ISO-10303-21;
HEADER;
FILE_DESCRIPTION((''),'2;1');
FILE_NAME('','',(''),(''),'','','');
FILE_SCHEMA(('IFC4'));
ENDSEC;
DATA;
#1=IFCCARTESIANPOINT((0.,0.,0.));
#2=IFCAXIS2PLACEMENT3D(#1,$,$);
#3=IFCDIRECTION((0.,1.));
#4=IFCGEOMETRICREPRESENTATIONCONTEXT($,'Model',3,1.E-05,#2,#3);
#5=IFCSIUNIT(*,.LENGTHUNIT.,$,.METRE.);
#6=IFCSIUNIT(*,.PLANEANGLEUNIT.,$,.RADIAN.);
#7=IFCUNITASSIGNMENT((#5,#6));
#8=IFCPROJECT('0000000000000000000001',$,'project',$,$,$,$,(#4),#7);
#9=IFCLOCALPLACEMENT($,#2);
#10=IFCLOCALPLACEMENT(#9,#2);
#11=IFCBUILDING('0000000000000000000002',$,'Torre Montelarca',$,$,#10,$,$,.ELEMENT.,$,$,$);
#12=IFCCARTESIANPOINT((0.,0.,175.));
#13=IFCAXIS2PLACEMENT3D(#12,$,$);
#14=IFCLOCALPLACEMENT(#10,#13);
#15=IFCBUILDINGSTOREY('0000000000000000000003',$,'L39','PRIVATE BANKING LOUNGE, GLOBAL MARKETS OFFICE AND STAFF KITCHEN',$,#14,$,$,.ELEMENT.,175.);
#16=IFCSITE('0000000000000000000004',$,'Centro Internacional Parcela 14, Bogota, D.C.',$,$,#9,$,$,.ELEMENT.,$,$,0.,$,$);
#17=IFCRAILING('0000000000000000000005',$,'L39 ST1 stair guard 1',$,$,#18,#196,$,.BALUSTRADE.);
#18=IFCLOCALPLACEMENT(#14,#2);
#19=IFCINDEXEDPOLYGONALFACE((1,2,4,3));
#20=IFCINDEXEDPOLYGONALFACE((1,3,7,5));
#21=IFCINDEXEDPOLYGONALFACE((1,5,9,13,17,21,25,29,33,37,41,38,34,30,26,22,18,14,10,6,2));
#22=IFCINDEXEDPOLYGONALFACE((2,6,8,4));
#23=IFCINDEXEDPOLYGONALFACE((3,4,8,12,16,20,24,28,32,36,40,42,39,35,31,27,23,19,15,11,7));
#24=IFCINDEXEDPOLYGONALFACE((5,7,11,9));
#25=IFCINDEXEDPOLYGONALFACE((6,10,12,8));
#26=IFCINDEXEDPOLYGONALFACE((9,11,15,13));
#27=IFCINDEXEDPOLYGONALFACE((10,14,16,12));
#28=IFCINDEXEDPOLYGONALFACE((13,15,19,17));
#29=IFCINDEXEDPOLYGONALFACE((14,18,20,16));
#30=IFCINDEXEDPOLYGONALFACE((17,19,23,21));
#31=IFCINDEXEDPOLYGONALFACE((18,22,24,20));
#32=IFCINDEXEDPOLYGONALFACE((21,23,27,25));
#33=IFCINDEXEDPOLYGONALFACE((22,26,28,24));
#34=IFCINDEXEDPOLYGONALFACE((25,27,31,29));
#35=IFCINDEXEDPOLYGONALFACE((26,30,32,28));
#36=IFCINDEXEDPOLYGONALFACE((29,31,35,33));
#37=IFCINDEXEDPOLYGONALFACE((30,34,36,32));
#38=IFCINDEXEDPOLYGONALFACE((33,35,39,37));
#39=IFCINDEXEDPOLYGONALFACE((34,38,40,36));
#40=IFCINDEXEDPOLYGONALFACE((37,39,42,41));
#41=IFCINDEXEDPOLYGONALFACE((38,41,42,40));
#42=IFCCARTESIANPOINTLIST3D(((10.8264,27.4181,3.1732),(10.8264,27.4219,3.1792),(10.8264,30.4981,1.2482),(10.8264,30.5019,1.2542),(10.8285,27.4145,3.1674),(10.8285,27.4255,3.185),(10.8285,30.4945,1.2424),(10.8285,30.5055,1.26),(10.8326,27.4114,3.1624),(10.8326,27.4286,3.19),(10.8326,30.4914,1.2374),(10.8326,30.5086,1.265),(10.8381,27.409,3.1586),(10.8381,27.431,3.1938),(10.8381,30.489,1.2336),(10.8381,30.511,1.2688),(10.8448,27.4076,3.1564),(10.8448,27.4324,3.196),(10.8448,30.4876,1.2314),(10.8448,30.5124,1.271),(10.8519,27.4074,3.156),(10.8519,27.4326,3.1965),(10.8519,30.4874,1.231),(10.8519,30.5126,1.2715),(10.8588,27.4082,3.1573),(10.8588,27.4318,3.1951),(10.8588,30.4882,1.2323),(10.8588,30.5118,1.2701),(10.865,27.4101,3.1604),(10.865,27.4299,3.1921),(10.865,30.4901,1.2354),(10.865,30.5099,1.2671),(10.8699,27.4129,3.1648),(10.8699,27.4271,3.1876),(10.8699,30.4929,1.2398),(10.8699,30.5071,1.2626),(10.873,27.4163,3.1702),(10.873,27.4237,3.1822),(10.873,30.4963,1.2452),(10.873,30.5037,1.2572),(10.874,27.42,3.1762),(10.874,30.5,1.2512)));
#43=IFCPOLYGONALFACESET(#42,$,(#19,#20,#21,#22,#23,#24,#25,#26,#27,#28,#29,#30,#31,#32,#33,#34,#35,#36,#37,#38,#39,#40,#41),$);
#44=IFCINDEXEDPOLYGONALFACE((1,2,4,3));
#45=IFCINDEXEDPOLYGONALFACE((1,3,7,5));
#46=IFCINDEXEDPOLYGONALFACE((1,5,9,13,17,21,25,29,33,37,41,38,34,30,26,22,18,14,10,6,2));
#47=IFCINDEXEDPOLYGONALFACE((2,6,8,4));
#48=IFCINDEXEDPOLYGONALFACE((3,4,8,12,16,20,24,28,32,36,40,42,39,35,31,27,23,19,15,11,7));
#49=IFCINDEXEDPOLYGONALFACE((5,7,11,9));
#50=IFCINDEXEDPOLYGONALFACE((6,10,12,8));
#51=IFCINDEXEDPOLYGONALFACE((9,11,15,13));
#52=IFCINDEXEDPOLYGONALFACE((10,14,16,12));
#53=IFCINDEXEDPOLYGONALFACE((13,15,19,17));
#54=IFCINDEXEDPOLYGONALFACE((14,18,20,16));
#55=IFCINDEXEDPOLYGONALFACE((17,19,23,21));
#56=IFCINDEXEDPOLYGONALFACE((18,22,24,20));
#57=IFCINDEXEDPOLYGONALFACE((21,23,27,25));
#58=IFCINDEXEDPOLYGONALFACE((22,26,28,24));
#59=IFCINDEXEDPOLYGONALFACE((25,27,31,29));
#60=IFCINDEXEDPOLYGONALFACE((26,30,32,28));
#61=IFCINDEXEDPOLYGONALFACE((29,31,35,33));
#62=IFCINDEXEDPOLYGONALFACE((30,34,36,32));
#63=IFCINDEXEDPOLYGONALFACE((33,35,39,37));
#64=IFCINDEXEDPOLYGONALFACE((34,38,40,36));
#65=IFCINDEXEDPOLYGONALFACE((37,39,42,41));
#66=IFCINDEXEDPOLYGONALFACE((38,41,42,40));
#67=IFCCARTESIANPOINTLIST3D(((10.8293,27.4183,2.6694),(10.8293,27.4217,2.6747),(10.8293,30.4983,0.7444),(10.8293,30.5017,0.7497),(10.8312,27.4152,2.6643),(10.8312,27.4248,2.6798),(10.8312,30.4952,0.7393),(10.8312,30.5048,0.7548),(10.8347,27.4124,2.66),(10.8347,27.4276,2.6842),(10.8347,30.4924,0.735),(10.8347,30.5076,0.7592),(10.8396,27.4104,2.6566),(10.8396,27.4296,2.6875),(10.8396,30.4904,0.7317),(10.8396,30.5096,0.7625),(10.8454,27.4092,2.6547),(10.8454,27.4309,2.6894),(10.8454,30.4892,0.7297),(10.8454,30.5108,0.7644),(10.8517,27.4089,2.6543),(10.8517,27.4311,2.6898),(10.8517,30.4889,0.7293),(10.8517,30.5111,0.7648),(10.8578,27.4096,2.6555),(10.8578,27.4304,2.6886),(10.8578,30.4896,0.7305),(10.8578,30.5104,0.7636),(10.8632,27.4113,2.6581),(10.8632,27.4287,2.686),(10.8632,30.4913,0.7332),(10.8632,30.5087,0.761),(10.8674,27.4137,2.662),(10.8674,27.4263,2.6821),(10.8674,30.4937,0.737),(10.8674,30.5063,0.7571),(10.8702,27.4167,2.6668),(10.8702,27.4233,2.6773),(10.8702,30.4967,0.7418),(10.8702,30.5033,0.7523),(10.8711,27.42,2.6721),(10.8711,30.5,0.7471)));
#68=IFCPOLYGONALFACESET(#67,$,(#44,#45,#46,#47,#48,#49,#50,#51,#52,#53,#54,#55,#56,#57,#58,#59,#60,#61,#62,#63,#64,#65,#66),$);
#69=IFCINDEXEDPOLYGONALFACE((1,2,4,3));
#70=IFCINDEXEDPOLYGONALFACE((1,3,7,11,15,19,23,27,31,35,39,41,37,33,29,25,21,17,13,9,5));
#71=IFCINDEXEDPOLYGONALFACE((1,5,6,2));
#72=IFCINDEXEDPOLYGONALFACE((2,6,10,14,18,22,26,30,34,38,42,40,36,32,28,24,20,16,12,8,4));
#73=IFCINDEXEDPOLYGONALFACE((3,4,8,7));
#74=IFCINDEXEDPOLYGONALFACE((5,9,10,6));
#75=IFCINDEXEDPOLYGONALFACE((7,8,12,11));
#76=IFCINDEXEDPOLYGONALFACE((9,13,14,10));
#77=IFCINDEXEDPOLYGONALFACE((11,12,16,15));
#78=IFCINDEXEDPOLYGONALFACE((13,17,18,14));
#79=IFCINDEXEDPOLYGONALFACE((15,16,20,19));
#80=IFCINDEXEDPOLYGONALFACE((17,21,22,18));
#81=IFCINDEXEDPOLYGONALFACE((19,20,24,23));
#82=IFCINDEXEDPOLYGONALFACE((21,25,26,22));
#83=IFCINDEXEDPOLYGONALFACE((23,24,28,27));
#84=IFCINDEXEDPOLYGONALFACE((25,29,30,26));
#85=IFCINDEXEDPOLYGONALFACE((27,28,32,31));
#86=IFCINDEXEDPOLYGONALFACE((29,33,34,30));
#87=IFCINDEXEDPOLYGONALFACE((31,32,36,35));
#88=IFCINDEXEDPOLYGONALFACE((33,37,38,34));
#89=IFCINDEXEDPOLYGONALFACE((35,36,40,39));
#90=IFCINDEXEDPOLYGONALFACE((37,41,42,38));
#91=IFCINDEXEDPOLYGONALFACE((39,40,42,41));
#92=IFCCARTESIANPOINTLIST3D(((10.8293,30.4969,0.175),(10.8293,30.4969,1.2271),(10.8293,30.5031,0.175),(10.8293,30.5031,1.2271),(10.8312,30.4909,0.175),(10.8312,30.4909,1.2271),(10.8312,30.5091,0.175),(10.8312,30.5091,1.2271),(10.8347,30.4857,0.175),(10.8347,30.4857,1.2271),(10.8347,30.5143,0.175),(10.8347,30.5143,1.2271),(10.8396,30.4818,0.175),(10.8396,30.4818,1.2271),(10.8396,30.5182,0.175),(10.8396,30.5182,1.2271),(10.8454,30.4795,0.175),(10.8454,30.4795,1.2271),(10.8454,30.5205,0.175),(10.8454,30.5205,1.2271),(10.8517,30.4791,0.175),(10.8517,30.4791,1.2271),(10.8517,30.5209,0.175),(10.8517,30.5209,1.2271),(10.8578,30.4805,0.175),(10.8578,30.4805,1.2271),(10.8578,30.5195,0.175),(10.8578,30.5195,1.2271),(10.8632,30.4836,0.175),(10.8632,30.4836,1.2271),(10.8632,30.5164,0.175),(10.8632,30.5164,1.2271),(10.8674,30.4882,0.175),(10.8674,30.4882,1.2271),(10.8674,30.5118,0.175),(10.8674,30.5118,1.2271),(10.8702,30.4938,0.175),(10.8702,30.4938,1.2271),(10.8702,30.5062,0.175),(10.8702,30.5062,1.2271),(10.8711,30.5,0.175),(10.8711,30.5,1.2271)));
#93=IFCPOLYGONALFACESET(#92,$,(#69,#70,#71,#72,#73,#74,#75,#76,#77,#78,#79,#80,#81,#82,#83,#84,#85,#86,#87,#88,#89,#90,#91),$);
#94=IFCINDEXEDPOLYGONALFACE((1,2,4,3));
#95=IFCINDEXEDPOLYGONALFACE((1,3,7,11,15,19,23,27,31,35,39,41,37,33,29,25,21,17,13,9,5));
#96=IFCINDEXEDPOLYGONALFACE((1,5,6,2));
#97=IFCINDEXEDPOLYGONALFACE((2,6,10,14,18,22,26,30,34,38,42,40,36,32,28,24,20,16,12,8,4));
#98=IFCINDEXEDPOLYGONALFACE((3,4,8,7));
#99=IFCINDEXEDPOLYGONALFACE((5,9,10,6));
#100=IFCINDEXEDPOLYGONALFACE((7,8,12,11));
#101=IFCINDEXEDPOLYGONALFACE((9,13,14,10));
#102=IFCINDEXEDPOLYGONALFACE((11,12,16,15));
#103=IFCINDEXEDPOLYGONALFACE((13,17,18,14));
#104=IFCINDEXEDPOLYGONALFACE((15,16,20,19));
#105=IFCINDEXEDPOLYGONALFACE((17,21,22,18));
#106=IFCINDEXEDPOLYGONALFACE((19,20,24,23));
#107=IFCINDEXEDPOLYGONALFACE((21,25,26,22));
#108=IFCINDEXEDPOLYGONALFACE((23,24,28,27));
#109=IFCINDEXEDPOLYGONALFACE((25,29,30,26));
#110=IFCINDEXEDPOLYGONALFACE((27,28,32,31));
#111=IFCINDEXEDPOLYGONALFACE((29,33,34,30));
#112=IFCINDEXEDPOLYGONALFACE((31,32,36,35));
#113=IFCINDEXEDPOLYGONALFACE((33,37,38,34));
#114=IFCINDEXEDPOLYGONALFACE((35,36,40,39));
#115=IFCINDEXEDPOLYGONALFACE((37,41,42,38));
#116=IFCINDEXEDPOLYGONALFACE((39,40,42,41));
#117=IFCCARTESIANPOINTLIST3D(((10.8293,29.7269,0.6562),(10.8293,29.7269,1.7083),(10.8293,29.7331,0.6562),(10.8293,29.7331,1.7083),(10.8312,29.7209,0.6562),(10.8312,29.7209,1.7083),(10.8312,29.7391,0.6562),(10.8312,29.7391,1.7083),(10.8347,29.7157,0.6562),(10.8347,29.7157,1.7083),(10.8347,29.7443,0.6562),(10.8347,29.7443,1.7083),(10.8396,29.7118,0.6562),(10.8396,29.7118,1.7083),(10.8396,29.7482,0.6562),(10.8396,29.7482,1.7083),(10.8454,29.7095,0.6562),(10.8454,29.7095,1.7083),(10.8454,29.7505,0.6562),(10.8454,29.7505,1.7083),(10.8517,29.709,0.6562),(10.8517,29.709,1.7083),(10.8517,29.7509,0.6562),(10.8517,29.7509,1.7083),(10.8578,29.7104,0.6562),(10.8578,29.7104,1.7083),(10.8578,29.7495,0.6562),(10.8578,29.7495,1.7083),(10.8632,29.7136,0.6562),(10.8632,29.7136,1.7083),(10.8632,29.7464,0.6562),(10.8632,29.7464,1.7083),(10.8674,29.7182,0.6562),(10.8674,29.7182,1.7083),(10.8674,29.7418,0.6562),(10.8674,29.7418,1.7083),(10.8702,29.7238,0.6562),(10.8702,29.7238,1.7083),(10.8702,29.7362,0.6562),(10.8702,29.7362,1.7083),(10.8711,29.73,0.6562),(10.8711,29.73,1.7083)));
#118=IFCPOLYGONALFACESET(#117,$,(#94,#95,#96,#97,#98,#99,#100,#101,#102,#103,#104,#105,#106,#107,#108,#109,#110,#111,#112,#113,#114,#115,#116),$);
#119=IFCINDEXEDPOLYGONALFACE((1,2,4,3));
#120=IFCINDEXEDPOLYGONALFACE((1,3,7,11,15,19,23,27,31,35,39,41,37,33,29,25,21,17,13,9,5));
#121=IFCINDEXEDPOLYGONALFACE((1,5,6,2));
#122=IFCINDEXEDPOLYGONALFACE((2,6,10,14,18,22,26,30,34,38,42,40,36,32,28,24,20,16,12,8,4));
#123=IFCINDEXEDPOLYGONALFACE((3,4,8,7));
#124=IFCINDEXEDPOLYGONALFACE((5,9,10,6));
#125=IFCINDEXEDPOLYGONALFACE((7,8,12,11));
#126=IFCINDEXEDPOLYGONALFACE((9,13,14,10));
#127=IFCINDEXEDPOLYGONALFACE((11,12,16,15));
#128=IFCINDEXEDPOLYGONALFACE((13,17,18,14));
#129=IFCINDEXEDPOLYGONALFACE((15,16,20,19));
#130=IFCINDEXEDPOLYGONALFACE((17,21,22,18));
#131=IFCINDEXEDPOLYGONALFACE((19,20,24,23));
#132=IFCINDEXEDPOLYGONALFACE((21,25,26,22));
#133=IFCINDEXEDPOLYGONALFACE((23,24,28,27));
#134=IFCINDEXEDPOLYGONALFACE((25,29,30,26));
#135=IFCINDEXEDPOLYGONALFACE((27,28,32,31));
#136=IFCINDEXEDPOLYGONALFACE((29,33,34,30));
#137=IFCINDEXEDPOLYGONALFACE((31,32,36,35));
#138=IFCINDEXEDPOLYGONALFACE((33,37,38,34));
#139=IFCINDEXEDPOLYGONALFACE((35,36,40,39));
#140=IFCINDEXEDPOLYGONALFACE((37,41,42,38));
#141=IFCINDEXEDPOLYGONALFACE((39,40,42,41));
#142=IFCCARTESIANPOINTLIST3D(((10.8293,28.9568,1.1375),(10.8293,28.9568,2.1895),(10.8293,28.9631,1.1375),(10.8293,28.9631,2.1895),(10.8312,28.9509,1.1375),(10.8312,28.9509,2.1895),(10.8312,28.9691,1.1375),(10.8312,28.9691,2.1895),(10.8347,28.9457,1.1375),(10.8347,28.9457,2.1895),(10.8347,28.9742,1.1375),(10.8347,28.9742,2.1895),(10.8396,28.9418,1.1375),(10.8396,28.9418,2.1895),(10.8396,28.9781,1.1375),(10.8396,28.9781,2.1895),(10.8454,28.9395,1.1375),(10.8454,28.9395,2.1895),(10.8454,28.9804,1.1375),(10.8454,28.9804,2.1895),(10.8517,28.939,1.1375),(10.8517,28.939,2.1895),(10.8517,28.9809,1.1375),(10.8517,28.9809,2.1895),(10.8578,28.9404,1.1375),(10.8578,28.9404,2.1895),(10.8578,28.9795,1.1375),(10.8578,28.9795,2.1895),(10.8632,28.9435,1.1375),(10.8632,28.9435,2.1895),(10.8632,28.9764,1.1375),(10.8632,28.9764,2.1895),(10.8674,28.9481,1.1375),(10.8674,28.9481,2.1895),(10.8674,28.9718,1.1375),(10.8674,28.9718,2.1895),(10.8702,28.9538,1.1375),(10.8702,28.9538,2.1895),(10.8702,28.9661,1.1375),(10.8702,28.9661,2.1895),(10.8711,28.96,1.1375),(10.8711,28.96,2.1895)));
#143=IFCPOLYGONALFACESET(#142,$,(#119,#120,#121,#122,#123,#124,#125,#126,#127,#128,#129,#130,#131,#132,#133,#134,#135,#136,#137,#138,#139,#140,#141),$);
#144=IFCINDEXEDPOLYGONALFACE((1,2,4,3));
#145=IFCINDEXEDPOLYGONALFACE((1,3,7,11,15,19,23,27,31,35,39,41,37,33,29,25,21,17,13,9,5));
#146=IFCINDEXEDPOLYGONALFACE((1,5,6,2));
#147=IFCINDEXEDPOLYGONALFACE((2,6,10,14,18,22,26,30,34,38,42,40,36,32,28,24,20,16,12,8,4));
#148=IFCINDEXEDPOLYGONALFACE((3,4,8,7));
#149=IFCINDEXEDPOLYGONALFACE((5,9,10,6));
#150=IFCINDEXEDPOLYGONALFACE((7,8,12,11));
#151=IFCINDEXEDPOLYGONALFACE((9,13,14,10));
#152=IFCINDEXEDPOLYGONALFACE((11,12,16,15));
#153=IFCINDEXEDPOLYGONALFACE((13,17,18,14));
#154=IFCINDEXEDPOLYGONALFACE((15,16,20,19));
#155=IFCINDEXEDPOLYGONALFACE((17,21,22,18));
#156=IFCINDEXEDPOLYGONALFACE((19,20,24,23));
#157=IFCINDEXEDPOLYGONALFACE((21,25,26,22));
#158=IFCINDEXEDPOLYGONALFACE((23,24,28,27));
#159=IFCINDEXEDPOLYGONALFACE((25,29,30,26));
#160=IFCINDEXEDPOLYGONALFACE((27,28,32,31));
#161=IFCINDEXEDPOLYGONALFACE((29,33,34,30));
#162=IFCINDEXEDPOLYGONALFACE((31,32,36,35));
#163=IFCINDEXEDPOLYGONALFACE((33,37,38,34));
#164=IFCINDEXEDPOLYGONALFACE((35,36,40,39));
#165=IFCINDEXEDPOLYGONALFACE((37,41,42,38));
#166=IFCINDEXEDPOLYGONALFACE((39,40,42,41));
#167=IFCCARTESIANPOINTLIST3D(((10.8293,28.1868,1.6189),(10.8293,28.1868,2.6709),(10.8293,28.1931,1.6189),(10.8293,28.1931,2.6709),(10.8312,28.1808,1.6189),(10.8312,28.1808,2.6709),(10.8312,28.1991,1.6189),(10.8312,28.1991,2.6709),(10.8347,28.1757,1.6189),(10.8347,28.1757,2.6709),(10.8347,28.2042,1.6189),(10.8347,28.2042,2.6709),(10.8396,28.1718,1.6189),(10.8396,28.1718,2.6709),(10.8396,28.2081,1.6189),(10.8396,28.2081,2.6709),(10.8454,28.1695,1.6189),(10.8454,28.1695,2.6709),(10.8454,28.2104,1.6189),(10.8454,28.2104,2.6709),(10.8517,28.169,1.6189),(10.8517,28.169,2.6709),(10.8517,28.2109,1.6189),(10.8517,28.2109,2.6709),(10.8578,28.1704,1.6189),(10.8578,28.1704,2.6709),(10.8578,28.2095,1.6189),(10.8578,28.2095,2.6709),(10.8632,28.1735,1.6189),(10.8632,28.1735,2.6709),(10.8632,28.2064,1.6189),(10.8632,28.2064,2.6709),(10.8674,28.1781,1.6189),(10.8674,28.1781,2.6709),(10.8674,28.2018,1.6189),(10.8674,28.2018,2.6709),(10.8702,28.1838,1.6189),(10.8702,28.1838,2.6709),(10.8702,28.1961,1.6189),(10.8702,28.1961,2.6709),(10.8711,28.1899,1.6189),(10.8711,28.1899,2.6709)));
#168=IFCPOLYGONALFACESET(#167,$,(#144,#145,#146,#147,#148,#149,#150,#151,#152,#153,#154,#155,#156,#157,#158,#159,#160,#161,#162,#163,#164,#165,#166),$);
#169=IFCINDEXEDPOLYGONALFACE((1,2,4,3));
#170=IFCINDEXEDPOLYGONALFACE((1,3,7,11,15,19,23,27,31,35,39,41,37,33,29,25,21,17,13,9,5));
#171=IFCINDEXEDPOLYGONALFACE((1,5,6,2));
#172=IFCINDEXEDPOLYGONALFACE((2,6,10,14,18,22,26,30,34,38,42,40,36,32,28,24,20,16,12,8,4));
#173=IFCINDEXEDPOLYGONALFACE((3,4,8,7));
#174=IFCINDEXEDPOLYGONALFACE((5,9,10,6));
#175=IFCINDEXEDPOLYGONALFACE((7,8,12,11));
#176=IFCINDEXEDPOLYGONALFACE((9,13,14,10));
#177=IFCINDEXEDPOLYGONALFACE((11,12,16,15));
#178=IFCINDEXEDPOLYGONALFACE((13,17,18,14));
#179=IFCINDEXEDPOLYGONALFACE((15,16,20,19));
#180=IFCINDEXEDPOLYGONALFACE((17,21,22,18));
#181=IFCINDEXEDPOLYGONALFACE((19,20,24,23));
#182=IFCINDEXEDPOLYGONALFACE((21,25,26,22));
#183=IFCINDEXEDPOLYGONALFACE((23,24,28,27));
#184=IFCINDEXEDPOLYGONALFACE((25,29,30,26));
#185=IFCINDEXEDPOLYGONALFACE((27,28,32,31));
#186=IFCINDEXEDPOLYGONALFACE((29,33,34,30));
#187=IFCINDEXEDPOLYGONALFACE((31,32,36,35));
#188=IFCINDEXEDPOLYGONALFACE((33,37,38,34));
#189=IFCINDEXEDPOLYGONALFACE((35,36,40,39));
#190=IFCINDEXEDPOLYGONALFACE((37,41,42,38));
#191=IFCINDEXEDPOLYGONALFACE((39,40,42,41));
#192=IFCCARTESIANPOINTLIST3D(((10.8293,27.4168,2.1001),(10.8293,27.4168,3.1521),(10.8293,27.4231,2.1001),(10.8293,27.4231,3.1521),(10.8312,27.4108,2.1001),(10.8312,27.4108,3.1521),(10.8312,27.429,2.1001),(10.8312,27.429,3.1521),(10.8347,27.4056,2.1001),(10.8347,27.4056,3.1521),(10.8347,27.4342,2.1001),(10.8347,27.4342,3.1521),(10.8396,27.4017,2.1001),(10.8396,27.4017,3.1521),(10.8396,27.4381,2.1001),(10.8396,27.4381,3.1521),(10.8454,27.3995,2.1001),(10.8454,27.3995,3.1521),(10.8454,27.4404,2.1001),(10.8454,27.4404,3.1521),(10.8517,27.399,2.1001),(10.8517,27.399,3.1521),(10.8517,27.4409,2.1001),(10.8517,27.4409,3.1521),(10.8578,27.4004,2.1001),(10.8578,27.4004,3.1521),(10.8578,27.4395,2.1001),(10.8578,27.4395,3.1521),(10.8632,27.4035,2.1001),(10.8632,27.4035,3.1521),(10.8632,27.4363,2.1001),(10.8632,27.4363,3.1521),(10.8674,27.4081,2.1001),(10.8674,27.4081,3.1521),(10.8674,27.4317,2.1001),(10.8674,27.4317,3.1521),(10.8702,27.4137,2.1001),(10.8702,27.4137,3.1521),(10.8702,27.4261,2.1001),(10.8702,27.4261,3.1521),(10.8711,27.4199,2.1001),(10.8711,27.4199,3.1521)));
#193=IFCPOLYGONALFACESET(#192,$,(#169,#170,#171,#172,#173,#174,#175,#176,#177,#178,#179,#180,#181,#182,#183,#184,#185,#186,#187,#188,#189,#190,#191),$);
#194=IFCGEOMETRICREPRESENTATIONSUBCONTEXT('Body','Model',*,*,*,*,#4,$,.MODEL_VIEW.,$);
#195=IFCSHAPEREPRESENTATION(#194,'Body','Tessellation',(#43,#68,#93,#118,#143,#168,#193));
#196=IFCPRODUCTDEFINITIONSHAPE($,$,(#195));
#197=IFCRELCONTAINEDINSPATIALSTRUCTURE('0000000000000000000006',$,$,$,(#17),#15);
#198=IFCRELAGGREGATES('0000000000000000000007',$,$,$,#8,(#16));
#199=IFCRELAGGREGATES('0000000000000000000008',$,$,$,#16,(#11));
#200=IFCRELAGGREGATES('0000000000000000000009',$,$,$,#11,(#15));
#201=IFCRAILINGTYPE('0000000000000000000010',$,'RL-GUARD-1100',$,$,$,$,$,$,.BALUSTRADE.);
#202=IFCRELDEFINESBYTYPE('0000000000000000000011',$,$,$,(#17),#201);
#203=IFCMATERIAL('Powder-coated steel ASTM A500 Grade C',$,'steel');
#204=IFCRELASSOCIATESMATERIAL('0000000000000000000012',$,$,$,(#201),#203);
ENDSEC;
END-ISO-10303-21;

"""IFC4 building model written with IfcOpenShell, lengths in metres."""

from ifc_helpers import new_model, si_unit, direction, frame, origin, origin_2d, place, context, subcontext, project, spatial, circle, extrude, material, type_object, element, save


model = new_model("IFC4")

# Units and contexts
model_context = context("Model", 3, precision=1e-05, world=origin(), true_north=direction((0.0, 1.0)))
body_context = subcontext(model_context, "Body", "Model", "MODEL_VIEW")
ifc_project = project(units=[si_unit("LENGTHUNIT", "METRE"), si_unit("PLANEANGLEUNIT", "RADIAN")], contexts=[model_context])

# Site, building, storey
site_placement = place(None, origin())
site = spatial("IfcSite", under=ifc_project, at=site_placement, Name="Centro Internacional Parcela 14, Bogota, D.C.", CompositionType="ELEMENT", RefElevation=0.0)
building_placement = place(site_placement, origin())
building = spatial("IfcBuilding", under=site, at=building_placement, Name="Torre Montelarca", CompositionType="ELEMENT")
storey_placement = place(building_placement, frame((0.0, 0.0, 175.0)))
storey = spatial("IfcBuildingStorey", under=building, at=storey_placement, Name="L39", Description="PRIVATE BANKING LOUNGE, GLOBAL MARKETS OFFICE AND STAFF KITCHEN", CompositionType="ELEMENT", Elevation=175.0)

# Railing
ifc_material_1 = material(Name="Powder-coated steel ASTM A500 Grade C", Category="steel")
railing_type_1 = type_object("IfcRailingType", Name="RL-GUARD-1100", PredefinedType="BALUSTRADE", material=ifc_material_1)
railing_1_placement = place(storey_placement, frame((10.8501, 30.5, 0.175)))
element("IfcRailing", 1, at=railing_1_placement, inside=storey, type_object=railing_type_1, Name="L39 ST1 stair guard 1", PredefinedType="BALUSTRADE", context=body_context, shape_type="SweptSolid", body=[
    extrude(circle(Radius=0.0239, at=origin_2d()), frame((0.0, 0.0, 1.0762), z_axis=(0.0, -0.847998, 0.529999), x_axis=(1.0, 0.0, 0.0)), (0.0, 0.0, 1.0), 3.6321),
    extrude(circle(Radius=0.021, at=origin_2d()), frame((0.0, 0.0, 0.572), z_axis=(0.0, -0.847998, 0.529999), x_axis=(1.0, 0.0, 0.0)), (0.0, 0.0, 1.0), 3.6321),
    extrude(circle(Radius=0.021, at=origin_2d()), origin(), (0.0, 0.0, 1.0), 1.052),
    extrude(circle(Radius=0.021, at=origin_2d()), frame((0.0, -0.77, 0.4812)), (0.0, 0.0, 1.0), 1.052),
    extrude(circle(Radius=0.021, at=origin_2d()), frame((0.0, -1.54, 0.9624)), (0.0, 0.0, 1.0), 1.052),
    extrude(circle(Radius=0.021, at=origin_2d()), frame((0.0, -2.3101, 1.4438)), (0.0, 0.0, 1.0), 1.052),
    extrude(circle(Radius=0.021, at=origin_2d()), frame((0.0, -3.0801, 1.925)), (0.0, 0.0, 1.0), 1.052),
])

save(model, "model.ifc")
